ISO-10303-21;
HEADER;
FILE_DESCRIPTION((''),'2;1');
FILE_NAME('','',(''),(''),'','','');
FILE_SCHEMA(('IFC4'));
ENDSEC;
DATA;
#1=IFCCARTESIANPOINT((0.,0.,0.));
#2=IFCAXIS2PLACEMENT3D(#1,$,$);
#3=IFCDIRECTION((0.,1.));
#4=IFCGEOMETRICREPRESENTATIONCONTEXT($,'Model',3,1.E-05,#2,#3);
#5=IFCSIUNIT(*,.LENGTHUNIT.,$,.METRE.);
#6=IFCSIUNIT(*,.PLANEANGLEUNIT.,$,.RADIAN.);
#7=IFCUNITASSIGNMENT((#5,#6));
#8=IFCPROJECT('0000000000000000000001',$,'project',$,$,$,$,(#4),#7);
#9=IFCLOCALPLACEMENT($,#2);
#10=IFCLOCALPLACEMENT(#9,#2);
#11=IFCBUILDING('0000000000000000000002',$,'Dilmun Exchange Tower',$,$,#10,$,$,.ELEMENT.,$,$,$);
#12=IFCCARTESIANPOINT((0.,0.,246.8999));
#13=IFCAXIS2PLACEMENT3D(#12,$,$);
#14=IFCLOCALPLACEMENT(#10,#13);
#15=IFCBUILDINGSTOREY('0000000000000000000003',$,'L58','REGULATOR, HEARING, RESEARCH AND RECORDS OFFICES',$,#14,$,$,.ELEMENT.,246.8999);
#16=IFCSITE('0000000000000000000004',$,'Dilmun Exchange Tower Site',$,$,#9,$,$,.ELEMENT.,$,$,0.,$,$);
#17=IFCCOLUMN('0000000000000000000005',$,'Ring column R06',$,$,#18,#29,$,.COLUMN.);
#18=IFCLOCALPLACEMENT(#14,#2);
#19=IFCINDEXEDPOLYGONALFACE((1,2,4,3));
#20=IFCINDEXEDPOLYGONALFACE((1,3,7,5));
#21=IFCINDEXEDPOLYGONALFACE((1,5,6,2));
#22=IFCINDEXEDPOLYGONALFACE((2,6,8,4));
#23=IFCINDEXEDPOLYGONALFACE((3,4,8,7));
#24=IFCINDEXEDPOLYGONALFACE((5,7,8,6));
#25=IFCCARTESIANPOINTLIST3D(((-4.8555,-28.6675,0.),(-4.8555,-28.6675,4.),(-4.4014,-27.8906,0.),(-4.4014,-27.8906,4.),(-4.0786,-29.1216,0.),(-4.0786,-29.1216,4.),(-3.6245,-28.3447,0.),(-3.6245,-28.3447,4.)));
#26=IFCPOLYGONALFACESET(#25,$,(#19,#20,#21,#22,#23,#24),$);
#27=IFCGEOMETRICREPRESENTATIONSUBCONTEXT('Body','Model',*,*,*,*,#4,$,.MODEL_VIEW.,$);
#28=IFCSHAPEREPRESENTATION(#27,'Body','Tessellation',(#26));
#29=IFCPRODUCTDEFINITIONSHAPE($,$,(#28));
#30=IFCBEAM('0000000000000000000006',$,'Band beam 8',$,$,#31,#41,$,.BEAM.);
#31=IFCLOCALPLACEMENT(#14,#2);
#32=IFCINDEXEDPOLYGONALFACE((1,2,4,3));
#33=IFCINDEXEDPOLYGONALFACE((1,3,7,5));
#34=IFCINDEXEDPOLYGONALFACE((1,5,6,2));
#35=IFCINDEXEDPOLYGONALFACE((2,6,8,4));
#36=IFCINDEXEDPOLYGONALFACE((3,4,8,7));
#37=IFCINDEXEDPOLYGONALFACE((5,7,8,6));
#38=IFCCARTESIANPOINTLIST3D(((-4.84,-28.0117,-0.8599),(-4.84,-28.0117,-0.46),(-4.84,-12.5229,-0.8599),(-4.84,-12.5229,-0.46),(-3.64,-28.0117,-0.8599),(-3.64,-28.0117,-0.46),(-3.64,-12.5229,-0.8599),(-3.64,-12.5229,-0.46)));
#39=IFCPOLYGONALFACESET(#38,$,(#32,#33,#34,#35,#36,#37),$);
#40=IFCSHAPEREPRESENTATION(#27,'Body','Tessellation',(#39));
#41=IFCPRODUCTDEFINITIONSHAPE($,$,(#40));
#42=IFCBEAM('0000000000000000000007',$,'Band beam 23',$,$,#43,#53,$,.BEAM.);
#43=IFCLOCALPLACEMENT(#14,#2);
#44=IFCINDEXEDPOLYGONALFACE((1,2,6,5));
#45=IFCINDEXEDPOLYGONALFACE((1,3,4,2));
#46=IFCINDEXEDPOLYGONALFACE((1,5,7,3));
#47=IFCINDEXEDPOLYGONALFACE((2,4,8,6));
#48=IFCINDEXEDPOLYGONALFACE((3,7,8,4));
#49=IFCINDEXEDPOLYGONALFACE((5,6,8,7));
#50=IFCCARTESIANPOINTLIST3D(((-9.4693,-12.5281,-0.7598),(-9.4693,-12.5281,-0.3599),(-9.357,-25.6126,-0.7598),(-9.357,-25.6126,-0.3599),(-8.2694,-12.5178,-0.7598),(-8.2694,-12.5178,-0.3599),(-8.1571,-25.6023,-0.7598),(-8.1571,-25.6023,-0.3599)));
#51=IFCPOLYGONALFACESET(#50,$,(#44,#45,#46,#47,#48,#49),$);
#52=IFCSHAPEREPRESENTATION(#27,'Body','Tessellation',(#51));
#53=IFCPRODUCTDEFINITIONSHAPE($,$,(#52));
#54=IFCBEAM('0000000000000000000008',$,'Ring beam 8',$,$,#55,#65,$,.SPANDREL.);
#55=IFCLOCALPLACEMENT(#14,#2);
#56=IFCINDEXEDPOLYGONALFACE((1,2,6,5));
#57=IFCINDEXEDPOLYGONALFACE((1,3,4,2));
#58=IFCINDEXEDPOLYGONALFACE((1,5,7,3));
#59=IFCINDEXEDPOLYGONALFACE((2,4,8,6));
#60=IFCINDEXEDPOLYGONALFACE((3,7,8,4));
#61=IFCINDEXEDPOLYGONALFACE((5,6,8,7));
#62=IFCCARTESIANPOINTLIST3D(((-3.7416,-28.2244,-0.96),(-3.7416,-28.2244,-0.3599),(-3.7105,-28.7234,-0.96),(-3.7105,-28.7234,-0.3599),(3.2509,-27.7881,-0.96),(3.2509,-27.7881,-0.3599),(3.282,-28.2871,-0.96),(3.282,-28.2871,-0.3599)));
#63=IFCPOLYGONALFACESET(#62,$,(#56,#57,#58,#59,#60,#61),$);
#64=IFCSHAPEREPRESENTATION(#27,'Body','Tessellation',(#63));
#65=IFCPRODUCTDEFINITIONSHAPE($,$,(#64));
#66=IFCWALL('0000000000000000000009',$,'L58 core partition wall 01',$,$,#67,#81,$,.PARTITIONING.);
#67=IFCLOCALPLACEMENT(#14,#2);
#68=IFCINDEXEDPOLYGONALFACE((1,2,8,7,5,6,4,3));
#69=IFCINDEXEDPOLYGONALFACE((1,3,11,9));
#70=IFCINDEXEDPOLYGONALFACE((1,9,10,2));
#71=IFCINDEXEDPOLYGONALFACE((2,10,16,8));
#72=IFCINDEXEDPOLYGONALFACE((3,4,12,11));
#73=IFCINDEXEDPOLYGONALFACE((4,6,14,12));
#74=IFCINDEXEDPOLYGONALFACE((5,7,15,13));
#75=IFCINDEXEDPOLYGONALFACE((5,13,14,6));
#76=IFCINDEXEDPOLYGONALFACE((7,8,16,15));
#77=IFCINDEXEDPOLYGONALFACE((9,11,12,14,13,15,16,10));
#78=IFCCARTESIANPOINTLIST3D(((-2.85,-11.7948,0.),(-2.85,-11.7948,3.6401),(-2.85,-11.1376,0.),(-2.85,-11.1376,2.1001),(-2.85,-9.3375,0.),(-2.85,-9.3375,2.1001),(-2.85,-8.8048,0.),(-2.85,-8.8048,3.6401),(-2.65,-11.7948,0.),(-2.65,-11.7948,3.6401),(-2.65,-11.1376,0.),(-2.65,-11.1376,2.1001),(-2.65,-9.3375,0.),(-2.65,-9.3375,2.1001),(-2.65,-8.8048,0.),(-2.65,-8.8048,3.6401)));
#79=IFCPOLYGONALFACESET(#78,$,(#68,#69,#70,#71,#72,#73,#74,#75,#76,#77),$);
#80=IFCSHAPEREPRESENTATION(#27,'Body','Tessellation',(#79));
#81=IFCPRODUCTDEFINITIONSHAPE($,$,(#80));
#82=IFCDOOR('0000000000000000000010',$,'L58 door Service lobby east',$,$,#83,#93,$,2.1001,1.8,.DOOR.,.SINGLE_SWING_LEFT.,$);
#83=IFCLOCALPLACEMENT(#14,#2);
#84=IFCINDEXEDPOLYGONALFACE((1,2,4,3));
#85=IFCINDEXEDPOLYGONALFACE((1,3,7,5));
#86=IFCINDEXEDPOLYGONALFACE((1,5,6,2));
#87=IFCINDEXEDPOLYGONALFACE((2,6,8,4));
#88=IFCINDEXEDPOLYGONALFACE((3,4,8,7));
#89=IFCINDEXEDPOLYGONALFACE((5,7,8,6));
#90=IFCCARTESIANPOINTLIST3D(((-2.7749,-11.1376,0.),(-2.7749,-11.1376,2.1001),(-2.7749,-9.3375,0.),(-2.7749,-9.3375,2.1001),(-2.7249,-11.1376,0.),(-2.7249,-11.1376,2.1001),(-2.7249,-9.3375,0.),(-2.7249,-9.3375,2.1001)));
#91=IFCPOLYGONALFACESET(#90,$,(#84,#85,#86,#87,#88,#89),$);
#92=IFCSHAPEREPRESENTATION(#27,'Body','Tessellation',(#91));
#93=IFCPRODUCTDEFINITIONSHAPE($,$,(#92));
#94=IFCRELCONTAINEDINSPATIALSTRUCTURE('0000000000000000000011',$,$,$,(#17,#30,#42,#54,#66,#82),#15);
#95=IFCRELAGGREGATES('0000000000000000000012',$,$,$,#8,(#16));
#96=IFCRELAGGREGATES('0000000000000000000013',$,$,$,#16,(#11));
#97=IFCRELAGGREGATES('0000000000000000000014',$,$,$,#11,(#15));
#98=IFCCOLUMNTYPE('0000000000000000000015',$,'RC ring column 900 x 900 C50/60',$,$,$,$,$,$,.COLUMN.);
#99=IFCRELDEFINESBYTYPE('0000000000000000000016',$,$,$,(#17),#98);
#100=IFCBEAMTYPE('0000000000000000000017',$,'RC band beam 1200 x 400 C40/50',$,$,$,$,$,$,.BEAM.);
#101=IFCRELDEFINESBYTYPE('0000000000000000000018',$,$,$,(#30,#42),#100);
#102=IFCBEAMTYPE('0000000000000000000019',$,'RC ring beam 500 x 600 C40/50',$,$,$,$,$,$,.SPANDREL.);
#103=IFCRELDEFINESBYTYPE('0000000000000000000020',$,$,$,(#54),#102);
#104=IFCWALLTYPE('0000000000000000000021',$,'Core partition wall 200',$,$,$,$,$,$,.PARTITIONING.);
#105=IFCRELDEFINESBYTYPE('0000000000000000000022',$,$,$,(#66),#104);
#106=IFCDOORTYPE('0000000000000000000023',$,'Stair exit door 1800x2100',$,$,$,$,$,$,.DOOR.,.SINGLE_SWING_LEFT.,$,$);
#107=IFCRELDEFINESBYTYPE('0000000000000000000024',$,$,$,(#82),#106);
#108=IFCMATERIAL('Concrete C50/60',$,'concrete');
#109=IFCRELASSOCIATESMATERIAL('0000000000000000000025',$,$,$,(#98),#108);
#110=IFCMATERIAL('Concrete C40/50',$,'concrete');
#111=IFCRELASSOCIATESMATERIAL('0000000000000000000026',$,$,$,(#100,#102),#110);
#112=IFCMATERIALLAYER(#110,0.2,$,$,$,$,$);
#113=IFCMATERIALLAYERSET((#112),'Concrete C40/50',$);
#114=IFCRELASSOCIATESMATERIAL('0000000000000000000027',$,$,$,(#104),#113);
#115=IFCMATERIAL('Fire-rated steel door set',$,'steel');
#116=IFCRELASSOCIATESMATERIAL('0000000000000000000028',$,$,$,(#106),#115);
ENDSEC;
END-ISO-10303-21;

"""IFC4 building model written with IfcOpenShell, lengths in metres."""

from ifc_helpers import new_model, si_unit, direction, frame, frame_2d, origin, origin_2d, place, context, subcontext, project, spatial, rectangle, extrude, material, layer, layer_set, material_profile, profile_set, type_object, element, fill, save


model = new_model("IFC4")

# Units and contexts
model_context = context("Model", 3, precision=1e-05, world=origin(), true_north=direction((0.0, 1.0)))
body_context = subcontext(model_context, "Body", "Model", "MODEL_VIEW")
ifc_project = project(units=[si_unit("LENGTHUNIT", "METRE"), si_unit("PLANEANGLEUNIT", "RADIAN")], contexts=[model_context])

# Site, building, storey
site_placement = place(None, origin())
site = spatial("IfcSite", under=ifc_project, at=site_placement, Name="Dilmun Exchange Tower Site", CompositionType="ELEMENT", RefElevation=0.0)
building_placement = place(site_placement, origin())
building = spatial("IfcBuilding", under=site, at=building_placement, Name="Dilmun Exchange Tower", CompositionType="ELEMENT")
storey_placement = place(building_placement, frame((0.0, 0.0, 246.8999)))
storey = spatial("IfcBuildingStorey", under=building, at=storey_placement, Name="L58", Description="REGULATOR, HEARING, RESEARCH AND RECORDS OFFICES", CompositionType="ELEMENT", Elevation=246.8999)

# Column
ifc_material_1 = material(Name="Concrete C50/60", Category="concrete")
ifc_material_profile_1 = material_profile(ifc_material_1, rectangle(XDim=0.8999, YDim=0.8999, at=origin_2d()), Name="900 x 900")
ifc_profile_set_1 = profile_set([ifc_material_profile_1], Name="Concrete C50/60")
column_type = type_object("IfcColumnType", Name="RC ring column 900 x 900 C50/60", PredefinedType="COLUMN", material=ifc_profile_set_1)
column_placement = place(storey_placement, frame((-4.24, -28.5061, 0.0), z_axis=(0.0, 0.0, 1.0), x_axis=(0.504644, 0.863328, 0.0)))
element("IfcColumn", 1, at=column_placement, inside=storey, type_object=column_type, Name="Ring column R06", PredefinedType="COLUMN", context=body_context, shape_type="SweptSolid", body=[
    extrude(rectangle(XDim=0.8999, YDim=0.8999, at=origin_2d()), origin(), (0.0, 0.0, 1.0), 4.0),
])

# Beams
ifc_material_2 = material(Name="Concrete C40/50", Category="concrete")
ifc_material_profile_2 = material_profile(ifc_material_2, rectangle(XDim=1.2, YDim=0.3999, at=origin_2d()), Name="1200 x 400")
ifc_profile_set_2 = profile_set([ifc_material_profile_2], Name="Concrete C40/50")
beam_type_1 = type_object("IfcBeamType", Name="RC band beam 1200 x 400 C40/50", PredefinedType="BEAM", material=ifc_profile_set_2)
beam_1_placement = place(storey_placement, frame((-4.24, -28.0117, -0.6599), z_axis=(0.0, 1.0, 0.0), x_axis=(-1.0, 0.0, 0.0)))
element("IfcBeam", 2, at=beam_1_placement, inside=storey, type_object=beam_type_1, Name="Band beam 8", PredefinedType="BEAM", context=body_context, shape_type="SweptSolid", body=[
    extrude(rectangle(XDim=1.2, YDim=0.3999, at=origin_2d()), origin(), (0.0, 0.0, 1.0), 15.4888),
])
beam_2_placement = place(storey_placement, frame((-8.7571, -25.6074, -0.5598), z_axis=(-0.008583, 0.999963, 0.0), x_axis=(-0.999963, -0.008583, 0.0)))
element("IfcBeam", 3, at=beam_2_placement, inside=storey, type_object=beam_type_1, Name="Band beam 23", PredefinedType="BEAM", context=body_context, shape_type="SweptSolid", body=[
    extrude(rectangle(XDim=1.2, YDim=0.3999, at=origin_2d()), origin(), (0.0, 0.0, 1.0), 13.085),
])
ifc_material_profile_3 = material_profile(ifc_material_2, rectangle(XDim=0.5, YDim=0.6001, at=origin_2d()), Name="500 x 600")
ifc_profile_set_3 = profile_set([ifc_material_profile_3], Name="Concrete C40/50")
beam_type_2 = type_object("IfcBeamType", Name="RC ring beam 500 x 600 C40/50", PredefinedType="SPANDREL", material=ifc_profile_set_3)
beam_3_placement = place(storey_placement, frame((-3.7261, -28.4739, -0.6599), z_axis=(0.998059, 0.062272, 0.0), x_axis=(-0.062272, 0.998059, 0.0)))
element("IfcBeam", 4, at=beam_3_placement, inside=storey, type_object=beam_type_2, Name="Ring beam 8", PredefinedType="SPANDREL", context=body_context, shape_type="SweptSolid", body=[
    extrude(rectangle(XDim=0.5, YDim=0.6001, at=origin_2d()), origin(), (0.0, 0.0, 1.0), 7.0061),
])

# Wall, opening, door
ifc_layer_1 = layer(ifc_material_2, 0.2)
ifc_layer_set_1 = layer_set([ifc_layer_1], Name="Concrete C40/50")
wall_type_1 = type_object("IfcWallType", Name="Core partition wall 200", PredefinedType="PARTITIONING", material=ifc_layer_set_1)
wall_1_placement = place(storey_placement, frame((-2.75, -11.7949, 0.0), z_axis=(0.0, 0.0, 1.0), x_axis=(0.0, 1.0, 0.0)))
wall_1 = element("IfcWall", 5, at=wall_1_placement, inside=storey, type_object=wall_type_1, Name="L58 core partition wall 01", PredefinedType="PARTITIONING", context=body_context, shape_type="SweptSolid", body=[
    extrude(rectangle(XDim=2.99, YDim=0.2, at=frame_2d((1.4951, 0.0))), origin(), (0.0, 0.0, 1.0), 3.6401),
])
opening_1_placement = place(wall_1_placement, frame((0.6575, 0.0, 0.0)))
opening_1 = element("IfcOpeningElement", 6, at=opening_1_placement, cuts=wall_1, PredefinedType="OPENING", context=body_context, shape_type="SweptSolid", body=[
    extrude(rectangle(XDim=1.8, YDim=2.1001, at=frame_2d((0.8999, 1.05))), frame((0.0, 0.1099, 0.0), z_axis=(0.0, -1.0, 0.0), x_axis=(1.0, 0.0, 0.0)), (0.0, 0.0, 1.0), 0.22),
])
ifc_material_3 = material(Name="Fire-rated steel door set", Category="steel")
door_type_1 = type_object("IfcDoorType", Name="Stair exit door 1800x2100", OperationType="SINGLE_SWING_LEFT", PredefinedType="DOOR", material=ifc_material_3)
door_1_placement = place(opening_1_placement, origin())
door_1 = element("IfcDoor", 7, at=door_1_placement, inside=storey, type_object=door_type_1, Name="L58 door Service lobby east", OperationType="SINGLE_SWING_LEFT", OverallHeight=2.1001, OverallWidth=1.8, PredefinedType="DOOR", context=body_context, shape_type="SweptSolid", body=[
    extrude(rectangle(XDim=1.8, YDim=2.1001, at=frame_2d((0.8999, 1.05))), frame((0.0, 0.0249, 0.0), z_axis=(0.0, -1.0, 0.0), x_axis=(1.0, 0.0, 0.0)), (0.0, 0.0, 1.0), 0.05),
])
fill(opening_1, door_1)

save(model, "model.ifc")
